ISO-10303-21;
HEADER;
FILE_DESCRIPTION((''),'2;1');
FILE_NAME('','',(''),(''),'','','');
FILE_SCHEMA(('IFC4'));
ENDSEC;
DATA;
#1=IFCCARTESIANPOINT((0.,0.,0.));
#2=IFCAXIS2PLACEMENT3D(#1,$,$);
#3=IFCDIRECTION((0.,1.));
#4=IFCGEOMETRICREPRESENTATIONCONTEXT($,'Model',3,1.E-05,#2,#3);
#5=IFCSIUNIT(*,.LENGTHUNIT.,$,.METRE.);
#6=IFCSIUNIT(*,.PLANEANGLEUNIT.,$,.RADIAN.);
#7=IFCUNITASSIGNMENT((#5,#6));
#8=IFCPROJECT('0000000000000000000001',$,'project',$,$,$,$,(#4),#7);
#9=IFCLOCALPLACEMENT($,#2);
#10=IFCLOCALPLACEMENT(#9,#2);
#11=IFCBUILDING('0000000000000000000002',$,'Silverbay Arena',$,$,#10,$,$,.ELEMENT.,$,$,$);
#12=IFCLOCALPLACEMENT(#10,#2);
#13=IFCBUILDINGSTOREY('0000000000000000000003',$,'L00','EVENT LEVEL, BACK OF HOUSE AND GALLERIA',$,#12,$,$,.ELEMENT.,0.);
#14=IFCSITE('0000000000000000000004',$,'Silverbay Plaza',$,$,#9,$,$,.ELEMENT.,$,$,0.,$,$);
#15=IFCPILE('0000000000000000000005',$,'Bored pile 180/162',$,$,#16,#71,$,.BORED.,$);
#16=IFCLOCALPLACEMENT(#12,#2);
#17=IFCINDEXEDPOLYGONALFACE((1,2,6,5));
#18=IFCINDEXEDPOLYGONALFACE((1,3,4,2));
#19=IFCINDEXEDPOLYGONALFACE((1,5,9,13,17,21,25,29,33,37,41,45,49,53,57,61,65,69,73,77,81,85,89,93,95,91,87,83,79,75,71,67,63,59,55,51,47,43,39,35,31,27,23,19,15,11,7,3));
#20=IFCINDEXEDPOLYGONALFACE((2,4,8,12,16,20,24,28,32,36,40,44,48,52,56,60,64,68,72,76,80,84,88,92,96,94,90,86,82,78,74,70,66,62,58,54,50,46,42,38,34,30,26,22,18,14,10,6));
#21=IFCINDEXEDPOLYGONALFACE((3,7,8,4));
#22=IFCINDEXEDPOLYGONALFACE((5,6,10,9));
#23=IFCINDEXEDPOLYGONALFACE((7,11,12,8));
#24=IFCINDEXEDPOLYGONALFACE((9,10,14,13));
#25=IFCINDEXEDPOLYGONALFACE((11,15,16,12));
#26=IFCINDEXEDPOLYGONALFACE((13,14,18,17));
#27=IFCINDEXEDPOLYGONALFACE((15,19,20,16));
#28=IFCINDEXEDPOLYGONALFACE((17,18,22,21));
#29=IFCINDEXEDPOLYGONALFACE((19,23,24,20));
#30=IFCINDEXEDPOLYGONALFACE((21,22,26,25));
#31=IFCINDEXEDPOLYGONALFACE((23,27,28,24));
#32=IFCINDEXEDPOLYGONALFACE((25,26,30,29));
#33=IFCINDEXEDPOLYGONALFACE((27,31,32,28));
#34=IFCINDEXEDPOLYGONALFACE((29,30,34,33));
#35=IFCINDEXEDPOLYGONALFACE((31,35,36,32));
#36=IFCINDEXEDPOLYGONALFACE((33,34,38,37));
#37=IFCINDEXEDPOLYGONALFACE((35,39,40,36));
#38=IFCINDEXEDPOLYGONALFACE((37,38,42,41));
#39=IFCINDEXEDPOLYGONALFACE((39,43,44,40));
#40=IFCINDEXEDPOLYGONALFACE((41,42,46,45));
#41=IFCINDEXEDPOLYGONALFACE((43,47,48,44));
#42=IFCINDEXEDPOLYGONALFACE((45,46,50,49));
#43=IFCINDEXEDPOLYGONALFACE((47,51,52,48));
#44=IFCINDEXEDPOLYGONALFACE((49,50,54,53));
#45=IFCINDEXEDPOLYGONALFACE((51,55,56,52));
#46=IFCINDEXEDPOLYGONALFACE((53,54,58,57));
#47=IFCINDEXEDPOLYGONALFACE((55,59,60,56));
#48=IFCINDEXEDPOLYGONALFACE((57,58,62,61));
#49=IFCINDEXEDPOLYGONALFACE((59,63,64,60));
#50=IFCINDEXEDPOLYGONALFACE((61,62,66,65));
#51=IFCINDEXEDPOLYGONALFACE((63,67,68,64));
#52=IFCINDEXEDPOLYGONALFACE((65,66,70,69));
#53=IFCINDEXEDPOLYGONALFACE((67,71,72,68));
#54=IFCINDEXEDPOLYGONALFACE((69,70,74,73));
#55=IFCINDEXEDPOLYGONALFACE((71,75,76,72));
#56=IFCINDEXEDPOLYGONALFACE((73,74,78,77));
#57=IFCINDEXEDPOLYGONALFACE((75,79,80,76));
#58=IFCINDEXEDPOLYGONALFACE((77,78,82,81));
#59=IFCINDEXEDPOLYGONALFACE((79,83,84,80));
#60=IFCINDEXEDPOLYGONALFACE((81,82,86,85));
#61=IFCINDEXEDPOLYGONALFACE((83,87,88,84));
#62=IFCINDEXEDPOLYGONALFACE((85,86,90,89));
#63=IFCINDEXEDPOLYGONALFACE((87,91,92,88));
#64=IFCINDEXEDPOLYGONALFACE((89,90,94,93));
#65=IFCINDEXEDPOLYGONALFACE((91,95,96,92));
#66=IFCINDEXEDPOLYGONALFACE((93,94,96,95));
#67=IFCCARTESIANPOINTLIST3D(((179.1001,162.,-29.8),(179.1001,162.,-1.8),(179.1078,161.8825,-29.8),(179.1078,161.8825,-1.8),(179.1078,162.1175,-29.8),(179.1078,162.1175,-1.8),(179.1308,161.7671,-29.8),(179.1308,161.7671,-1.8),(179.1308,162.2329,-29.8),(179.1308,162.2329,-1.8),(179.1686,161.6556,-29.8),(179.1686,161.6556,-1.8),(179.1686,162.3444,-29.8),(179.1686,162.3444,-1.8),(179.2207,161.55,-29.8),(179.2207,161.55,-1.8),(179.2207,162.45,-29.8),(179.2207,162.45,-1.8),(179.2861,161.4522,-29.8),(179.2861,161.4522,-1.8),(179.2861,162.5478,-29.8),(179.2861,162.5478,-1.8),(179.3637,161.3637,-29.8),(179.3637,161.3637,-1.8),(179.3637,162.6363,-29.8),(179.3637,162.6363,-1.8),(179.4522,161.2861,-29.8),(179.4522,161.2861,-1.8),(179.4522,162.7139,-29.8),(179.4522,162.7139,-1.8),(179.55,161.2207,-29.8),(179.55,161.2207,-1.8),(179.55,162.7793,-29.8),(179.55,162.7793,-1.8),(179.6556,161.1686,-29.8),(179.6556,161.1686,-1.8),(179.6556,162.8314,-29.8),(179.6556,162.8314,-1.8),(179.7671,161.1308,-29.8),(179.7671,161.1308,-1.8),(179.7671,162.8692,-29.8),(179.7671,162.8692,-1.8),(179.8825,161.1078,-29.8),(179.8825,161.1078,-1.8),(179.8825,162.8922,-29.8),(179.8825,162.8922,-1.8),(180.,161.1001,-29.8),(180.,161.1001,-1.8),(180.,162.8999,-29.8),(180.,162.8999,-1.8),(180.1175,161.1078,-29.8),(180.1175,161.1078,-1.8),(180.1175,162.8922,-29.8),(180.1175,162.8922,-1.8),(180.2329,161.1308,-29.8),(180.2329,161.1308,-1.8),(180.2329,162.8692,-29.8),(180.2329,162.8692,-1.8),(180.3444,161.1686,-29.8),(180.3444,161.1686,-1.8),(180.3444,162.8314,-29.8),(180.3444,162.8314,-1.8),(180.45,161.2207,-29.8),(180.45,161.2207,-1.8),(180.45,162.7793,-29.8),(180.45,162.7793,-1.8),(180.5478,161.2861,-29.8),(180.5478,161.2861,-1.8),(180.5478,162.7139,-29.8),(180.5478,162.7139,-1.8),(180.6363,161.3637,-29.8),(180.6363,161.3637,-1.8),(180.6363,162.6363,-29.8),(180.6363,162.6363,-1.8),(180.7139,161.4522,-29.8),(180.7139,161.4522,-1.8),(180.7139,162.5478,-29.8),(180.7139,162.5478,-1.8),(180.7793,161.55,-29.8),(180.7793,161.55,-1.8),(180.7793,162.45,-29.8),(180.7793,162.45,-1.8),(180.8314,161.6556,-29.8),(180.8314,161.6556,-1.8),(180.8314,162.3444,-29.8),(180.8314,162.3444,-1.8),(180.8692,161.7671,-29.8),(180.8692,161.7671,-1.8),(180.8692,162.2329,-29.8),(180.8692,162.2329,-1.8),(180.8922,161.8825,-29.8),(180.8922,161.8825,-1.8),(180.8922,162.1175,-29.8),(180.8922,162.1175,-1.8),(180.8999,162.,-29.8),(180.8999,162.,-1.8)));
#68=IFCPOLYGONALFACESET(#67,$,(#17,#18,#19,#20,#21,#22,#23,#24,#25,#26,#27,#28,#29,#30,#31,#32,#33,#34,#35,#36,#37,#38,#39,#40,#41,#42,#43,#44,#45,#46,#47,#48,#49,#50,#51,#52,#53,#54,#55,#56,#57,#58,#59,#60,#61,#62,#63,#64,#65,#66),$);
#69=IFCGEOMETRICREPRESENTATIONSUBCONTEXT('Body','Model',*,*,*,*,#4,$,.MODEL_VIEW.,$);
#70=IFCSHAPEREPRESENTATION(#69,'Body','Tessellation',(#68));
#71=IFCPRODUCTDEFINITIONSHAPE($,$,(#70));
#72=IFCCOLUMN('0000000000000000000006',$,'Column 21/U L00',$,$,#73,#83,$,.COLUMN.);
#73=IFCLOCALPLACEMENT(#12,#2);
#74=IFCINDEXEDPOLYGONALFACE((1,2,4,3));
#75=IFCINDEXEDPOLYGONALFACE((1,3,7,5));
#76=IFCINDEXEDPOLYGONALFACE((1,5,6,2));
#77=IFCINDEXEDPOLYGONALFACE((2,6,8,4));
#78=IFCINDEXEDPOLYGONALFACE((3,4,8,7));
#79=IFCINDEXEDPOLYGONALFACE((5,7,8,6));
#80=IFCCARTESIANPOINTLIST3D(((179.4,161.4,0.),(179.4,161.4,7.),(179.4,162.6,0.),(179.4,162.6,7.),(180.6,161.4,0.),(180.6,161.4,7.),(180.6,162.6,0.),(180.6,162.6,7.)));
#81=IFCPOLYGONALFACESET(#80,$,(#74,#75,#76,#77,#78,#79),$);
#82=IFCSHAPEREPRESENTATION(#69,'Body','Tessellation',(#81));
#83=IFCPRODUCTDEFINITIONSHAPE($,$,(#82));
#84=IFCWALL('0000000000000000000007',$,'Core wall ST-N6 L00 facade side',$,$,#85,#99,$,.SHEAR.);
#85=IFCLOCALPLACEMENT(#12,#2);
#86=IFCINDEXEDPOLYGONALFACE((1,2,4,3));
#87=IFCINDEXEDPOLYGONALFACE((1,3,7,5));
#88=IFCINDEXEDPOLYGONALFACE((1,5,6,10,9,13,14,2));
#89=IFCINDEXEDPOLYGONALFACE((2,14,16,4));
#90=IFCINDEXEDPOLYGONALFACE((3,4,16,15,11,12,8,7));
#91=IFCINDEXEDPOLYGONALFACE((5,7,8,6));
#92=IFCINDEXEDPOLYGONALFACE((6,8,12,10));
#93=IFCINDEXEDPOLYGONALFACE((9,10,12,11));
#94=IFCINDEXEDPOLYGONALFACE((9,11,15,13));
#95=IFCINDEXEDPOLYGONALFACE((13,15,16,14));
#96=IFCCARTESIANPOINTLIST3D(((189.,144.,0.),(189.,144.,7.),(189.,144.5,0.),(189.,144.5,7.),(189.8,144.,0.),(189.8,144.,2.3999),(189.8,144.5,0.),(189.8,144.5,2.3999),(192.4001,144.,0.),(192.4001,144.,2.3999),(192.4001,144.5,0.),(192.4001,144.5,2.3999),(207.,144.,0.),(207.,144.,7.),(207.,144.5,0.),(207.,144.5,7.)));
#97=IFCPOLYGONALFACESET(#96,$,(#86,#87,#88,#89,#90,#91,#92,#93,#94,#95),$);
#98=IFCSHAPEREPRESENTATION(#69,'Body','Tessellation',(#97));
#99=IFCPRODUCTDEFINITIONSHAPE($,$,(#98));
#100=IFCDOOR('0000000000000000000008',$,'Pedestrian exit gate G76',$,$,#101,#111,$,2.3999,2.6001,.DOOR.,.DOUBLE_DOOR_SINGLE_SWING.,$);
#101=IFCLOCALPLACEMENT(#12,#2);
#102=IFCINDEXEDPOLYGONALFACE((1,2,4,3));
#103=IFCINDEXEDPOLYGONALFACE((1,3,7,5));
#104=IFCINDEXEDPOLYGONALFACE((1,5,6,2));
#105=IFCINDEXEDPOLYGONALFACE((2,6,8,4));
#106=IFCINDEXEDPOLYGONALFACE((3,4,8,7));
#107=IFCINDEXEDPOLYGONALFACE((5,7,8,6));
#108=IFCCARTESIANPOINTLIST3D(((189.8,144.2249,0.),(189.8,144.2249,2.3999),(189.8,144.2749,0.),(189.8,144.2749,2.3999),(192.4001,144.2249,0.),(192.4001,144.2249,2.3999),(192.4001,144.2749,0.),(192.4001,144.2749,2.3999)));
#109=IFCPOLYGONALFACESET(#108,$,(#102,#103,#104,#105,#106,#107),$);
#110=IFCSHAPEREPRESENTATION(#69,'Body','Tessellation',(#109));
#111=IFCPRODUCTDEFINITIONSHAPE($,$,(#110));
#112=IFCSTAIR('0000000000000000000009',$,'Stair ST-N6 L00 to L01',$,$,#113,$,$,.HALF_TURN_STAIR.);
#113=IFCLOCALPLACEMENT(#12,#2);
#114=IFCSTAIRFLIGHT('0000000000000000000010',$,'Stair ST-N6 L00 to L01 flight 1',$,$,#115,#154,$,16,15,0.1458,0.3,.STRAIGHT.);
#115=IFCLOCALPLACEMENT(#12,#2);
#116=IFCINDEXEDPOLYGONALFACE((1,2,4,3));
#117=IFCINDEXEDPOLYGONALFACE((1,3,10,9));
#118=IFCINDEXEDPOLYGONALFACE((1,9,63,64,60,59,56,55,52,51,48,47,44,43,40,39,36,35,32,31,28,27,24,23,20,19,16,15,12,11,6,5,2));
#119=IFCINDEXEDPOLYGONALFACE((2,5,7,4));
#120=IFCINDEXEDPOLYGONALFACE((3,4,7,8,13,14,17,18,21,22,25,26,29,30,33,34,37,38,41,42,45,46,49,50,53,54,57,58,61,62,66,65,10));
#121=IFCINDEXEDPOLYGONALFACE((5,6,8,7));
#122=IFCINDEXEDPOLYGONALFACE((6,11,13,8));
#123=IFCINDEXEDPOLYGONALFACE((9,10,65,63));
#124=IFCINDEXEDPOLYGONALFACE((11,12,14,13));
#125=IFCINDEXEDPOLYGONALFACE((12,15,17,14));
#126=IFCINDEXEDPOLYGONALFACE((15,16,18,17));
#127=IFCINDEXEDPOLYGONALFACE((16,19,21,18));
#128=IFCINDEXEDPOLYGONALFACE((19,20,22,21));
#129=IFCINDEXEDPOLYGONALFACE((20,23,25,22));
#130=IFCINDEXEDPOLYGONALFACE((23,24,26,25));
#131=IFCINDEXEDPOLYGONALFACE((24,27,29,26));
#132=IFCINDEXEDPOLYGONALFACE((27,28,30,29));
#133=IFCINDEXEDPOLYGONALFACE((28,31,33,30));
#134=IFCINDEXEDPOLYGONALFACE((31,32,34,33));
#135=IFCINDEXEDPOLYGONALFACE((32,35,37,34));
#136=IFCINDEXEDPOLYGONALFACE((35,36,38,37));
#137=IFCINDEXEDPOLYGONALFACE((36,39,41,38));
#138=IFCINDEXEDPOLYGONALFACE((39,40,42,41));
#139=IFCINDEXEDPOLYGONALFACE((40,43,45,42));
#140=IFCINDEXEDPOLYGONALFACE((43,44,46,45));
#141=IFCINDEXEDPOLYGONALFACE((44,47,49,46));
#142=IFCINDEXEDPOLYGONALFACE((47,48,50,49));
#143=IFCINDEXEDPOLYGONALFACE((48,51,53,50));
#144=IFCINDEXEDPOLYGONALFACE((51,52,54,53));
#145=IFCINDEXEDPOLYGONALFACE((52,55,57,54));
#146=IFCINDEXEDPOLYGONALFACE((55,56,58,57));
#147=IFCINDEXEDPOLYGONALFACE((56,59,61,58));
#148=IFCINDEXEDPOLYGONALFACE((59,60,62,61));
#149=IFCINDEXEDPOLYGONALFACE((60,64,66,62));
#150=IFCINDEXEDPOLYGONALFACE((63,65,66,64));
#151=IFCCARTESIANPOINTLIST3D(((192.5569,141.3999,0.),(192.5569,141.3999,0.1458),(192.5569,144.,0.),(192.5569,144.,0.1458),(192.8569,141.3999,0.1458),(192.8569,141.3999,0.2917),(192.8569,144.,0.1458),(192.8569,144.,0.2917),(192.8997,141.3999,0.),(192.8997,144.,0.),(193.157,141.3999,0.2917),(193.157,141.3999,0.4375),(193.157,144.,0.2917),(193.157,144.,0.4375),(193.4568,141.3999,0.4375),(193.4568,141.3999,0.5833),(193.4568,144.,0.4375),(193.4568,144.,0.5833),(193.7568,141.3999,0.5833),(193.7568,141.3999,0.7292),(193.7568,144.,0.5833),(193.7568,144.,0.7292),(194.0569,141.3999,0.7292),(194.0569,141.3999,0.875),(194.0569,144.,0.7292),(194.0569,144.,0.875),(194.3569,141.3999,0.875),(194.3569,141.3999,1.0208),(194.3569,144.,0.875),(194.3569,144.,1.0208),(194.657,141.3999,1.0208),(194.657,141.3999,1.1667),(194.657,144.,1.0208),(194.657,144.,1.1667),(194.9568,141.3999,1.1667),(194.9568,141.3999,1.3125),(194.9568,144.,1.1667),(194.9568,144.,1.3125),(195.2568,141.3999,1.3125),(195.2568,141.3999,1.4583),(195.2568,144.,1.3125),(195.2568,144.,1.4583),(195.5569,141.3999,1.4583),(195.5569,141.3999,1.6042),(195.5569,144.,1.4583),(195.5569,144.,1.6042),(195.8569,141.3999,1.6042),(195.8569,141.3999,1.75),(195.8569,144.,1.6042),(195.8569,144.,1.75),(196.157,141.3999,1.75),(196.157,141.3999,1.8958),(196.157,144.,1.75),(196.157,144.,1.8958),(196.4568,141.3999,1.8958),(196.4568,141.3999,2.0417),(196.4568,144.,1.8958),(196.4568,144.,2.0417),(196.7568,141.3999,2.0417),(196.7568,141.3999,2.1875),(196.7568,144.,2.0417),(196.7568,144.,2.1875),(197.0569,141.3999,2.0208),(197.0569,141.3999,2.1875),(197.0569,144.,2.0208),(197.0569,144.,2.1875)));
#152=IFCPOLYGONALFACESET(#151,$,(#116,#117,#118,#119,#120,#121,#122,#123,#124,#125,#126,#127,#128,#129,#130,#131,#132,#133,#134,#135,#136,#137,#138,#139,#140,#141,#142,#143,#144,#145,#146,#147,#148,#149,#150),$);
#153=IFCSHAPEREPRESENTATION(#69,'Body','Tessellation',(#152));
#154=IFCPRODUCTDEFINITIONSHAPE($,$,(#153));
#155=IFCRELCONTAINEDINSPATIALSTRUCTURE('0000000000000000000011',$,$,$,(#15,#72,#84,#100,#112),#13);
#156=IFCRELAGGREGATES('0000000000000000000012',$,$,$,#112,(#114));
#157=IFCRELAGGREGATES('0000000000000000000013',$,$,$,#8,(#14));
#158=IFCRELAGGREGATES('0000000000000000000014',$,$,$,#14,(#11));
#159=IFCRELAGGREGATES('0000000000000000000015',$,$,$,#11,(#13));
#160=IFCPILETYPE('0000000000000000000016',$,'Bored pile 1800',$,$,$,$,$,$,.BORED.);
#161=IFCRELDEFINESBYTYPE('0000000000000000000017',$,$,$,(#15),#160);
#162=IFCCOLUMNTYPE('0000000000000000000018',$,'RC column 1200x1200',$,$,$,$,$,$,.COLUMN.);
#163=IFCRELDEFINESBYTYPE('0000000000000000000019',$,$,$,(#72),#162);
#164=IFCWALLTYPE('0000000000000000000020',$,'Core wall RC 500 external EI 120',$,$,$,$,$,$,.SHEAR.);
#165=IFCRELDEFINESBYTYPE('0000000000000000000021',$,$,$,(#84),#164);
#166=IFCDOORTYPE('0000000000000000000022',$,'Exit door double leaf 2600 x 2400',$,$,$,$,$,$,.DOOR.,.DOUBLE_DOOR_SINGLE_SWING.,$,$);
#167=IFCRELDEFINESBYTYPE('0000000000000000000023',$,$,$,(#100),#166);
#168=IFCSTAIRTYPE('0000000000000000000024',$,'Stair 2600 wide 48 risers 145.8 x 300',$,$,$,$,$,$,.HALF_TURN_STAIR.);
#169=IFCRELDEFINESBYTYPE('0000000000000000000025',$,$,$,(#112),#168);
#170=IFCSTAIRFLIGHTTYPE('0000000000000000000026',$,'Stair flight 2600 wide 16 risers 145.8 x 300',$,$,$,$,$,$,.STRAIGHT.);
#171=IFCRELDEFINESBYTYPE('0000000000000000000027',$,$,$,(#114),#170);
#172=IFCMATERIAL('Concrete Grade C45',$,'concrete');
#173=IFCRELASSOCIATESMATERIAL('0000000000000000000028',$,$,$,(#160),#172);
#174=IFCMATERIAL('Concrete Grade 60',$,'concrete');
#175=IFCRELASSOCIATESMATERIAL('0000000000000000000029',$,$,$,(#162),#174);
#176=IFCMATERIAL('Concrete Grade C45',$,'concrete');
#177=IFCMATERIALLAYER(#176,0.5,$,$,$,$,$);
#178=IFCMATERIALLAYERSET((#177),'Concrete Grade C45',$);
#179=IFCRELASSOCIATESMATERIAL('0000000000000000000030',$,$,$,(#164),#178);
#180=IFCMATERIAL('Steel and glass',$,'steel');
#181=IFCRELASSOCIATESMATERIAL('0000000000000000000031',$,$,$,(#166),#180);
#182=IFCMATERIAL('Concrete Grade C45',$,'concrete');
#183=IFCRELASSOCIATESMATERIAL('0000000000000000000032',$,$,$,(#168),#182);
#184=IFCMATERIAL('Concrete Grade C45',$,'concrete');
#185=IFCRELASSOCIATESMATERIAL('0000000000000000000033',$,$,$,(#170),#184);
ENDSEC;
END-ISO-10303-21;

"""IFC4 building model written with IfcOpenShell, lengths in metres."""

from ifc_helpers import new_model, si_unit, direction, frame, frame_2d, origin, origin_2d, place, context, subcontext, project, spatial, polyline, rectangle, circle, outline, extrude, material, layer, layer_set, material_profile, profile_set, type_object, element, fill, aggregate, save


model = new_model("IFC4")

# Units and contexts
model_context = context("Model", 3, precision=1e-05, world=origin(), true_north=direction((0.0, 1.0)))
body_context = subcontext(model_context, "Body", "Model", "MODEL_VIEW")
ifc_project = project(units=[si_unit("LENGTHUNIT", "METRE"), si_unit("PLANEANGLEUNIT", "RADIAN")], contexts=[model_context])

# Site, building, storey
site_placement = place(None, origin())
site = spatial("IfcSite", under=ifc_project, at=site_placement, Name="Silverbay Plaza", CompositionType="ELEMENT", RefElevation=0.0)
building_placement = place(site_placement, origin())
building = spatial("IfcBuilding", under=site, at=building_placement, Name="Silverbay Arena", CompositionType="ELEMENT")
storey_placement = place(building_placement, origin())
storey = spatial("IfcBuildingStorey", under=building, at=storey_placement, Name="L00", Description="EVENT LEVEL, BACK OF HOUSE AND GALLERIA", CompositionType="ELEMENT", Elevation=0.0)

# Pile
ifc_material_1 = material(Name="Concrete Grade C45", Category="concrete")
ifc_material_profile_1 = material_profile(ifc_material_1, circle(Radius=0.8999, at=origin_2d()), Name="Bored pile 1800")
ifc_profile_set_1 = profile_set([ifc_material_profile_1], Name="Concrete Grade C45")
pile_type = type_object("IfcPileType", Name="Bored pile 1800", PredefinedType="BORED", material=ifc_profile_set_1)
pile_placement = place(storey_placement, frame((180.0, 162.0, -1.8), z_axis=(0.0, 0.0, -1.0), x_axis=(1.0, 0.0, 0.0)))
element("IfcPile", 1, at=pile_placement, inside=storey, type_object=pile_type, Name="Bored pile 180/162", PredefinedType="BORED", context=body_context, shape_type="SweptSolid", body=[
    extrude(circle(Radius=0.8999, at=origin_2d()), origin(), (0.0, 0.0, 1.0), 28.0),
])

# Column
ifc_material_2 = material(Name="Concrete Grade 60", Category="concrete")
ifc_material_profile_2 = material_profile(ifc_material_2, rectangle(XDim=1.2, YDim=1.2, at=origin_2d()), Name="RC 1200x1200")
ifc_profile_set_2 = profile_set([ifc_material_profile_2], Name="Concrete Grade 60")
column_type = type_object("IfcColumnType", Name="RC column 1200x1200", PredefinedType="COLUMN", material=ifc_profile_set_2)
column_placement = place(storey_placement, frame((180.0, 162.0, 0.0), z_axis=(0.0, 0.0, 1.0), x_axis=(1.0, 0.0, 0.0)))
element("IfcColumn", 2, at=column_placement, inside=storey, type_object=column_type, Name="Column 21/U L00", PredefinedType="COLUMN", context=body_context, shape_type="SweptSolid", body=[
    extrude(rectangle(XDim=1.2, YDim=1.2, at=origin_2d()), origin(), (0.0, 0.0, 1.0), 7.0),
])

# Wall, opening, door
ifc_material_3 = material(Name="Concrete Grade C45", Category="concrete")
ifc_layer_1 = layer(ifc_material_3, 0.5)
ifc_layer_set_1 = layer_set([ifc_layer_1], Name="Concrete Grade C45")
wall_type_1 = type_object("IfcWallType", Name="Core wall RC 500 external EI 120", PredefinedType="SHEAR", material=ifc_layer_set_1)
wall_1_placement = place(storey_placement, frame((189.0, 144.25, 0.0), z_axis=(0.0, 0.0, 1.0), x_axis=(1.0, 0.0, 0.0)))
wall_1 = element("IfcWall", 3, at=wall_1_placement, inside=storey, type_object=wall_type_1, Name="Core wall ST-N6 L00 facade side", PredefinedType="SHEAR", context=body_context, shape_type="SweptSolid", body=[
    extrude(rectangle(XDim=18.0, YDim=0.5, at=frame_2d((9.0, 0.0))), origin(), (0.0, 0.0, 1.0), 7.0),
])
opening_1_placement = place(wall_1_placement, frame((0.8, 0.0, 0.0)))
opening_1 = element("IfcOpeningElement", 4, at=opening_1_placement, cuts=wall_1, PredefinedType="OPENING", context=body_context, shape_type="SweptSolid", body=[
    extrude(rectangle(XDim=2.6001, YDim=2.3999, at=frame_2d((1.3, 1.2))), frame((0.0, 0.26, 0.0), z_axis=(0.0, -1.0, 0.0), x_axis=(1.0, 0.0, 0.0)), (0.0, 0.0, 1.0), 0.52),
])
ifc_material_4 = material(Name="Steel and glass", Category="steel")
door_type_1 = type_object("IfcDoorType", Name="Exit door double leaf 2600 x 2400", OperationType="DOUBLE_DOOR_SINGLE_SWING", PredefinedType="DOOR", material=ifc_material_4)
door_1_placement = place(opening_1_placement, origin())
door_1 = element("IfcDoor", 5, at=door_1_placement, inside=storey, type_object=door_type_1, Name="Pedestrian exit gate G76", OperationType="DOUBLE_DOOR_SINGLE_SWING", OverallHeight=2.3999, OverallWidth=2.6001, PredefinedType="DOOR", context=body_context, shape_type="SweptSolid", body=[
    extrude(rectangle(XDim=2.6001, YDim=2.3999, at=frame_2d((1.3, 1.2))), frame((0.0, 0.0249, 0.0), z_axis=(0.0, -1.0, 0.0), x_axis=(1.0, 0.0, 0.0)), (0.0, 0.0, 1.0), 0.05),
])
fill(opening_1, door_1)

# Stair, stair flight
ifc_material_5 = material(Name="Concrete Grade C45", Category="concrete")
stair_type = type_object("IfcStairType", Name="Stair 2600 wide 48 risers 145.8 x 300", PredefinedType="HALF_TURN_STAIR", material=ifc_material_5)
stair_placement = place(storey_placement, origin())
stair = element("IfcStair", 6, at=stair_placement, inside=storey, type_object=stair_type, Name="Stair ST-N6 L00 to L01", PredefinedType="HALF_TURN_STAIR")
ifc_material_6 = material(Name="Concrete Grade C45", Category="concrete")
stair_flight_type = type_object("IfcStairFlightType", Name="Stair flight 2600 wide 16 risers 145.8 x 300", PredefinedType="STRAIGHT", material=ifc_material_6)
stair_flight_1_placement = place(storey_placement, frame((192.5569, 142.7, 0.0), z_axis=(0.0, 0.0, 1.0), x_axis=(1.0, 0.0, 0.0)))
stair_flight_1 = element("IfcStairFlight", 7, at=stair_flight_1_placement, type_object=stair_flight_type, Name="Stair ST-N6 L00 to L01 flight 1", NumberOfRisers=16, NumberOfTreads=15, PredefinedType="STRAIGHT", RiserHeight=0.1458, TreadLength=0.3, context=body_context, shape_type="SweptSolid", body=[
    extrude(outline(polyline([(0.0, 0.0), (0.0, 0.1458), (0.3, 0.1458), (0.3, 0.2917), (0.6001, 0.2917), (0.6001, 0.4375), (0.8999, 0.4375), (0.8999, 0.5833), (1.2, 0.5833), (1.2, 0.7292), (1.5, 0.7292), (1.5, 0.875), (1.8, 0.875), (1.8, 1.0208), (2.1001, 1.0208), (2.1001, 1.1667), (2.3999, 1.1667), (2.3999, 1.3125), (2.7, 1.3125), (2.7, 1.4583), (3.0, 1.4583), (3.0, 1.6042), (3.3, 1.6042), (3.3, 1.75), (3.6001, 1.75), (3.6001, 1.8958), (3.8999, 1.8958), (3.8999, 2.0417), (4.2, 2.0417), (4.2, 2.1875), (4.5, 2.1875), (4.5, 2.0208), (0.3428, 0.0), (0.0, 0.0)])), frame((0.0, 1.3, 0.0), z_axis=(0.0, -1.0, 0.0), x_axis=(1.0, 0.0, 0.0)), (0.0, 0.0, 1.0), 2.6001),
])
aggregate(stair, [stair_flight_1])

save(model, "model.ifc")
